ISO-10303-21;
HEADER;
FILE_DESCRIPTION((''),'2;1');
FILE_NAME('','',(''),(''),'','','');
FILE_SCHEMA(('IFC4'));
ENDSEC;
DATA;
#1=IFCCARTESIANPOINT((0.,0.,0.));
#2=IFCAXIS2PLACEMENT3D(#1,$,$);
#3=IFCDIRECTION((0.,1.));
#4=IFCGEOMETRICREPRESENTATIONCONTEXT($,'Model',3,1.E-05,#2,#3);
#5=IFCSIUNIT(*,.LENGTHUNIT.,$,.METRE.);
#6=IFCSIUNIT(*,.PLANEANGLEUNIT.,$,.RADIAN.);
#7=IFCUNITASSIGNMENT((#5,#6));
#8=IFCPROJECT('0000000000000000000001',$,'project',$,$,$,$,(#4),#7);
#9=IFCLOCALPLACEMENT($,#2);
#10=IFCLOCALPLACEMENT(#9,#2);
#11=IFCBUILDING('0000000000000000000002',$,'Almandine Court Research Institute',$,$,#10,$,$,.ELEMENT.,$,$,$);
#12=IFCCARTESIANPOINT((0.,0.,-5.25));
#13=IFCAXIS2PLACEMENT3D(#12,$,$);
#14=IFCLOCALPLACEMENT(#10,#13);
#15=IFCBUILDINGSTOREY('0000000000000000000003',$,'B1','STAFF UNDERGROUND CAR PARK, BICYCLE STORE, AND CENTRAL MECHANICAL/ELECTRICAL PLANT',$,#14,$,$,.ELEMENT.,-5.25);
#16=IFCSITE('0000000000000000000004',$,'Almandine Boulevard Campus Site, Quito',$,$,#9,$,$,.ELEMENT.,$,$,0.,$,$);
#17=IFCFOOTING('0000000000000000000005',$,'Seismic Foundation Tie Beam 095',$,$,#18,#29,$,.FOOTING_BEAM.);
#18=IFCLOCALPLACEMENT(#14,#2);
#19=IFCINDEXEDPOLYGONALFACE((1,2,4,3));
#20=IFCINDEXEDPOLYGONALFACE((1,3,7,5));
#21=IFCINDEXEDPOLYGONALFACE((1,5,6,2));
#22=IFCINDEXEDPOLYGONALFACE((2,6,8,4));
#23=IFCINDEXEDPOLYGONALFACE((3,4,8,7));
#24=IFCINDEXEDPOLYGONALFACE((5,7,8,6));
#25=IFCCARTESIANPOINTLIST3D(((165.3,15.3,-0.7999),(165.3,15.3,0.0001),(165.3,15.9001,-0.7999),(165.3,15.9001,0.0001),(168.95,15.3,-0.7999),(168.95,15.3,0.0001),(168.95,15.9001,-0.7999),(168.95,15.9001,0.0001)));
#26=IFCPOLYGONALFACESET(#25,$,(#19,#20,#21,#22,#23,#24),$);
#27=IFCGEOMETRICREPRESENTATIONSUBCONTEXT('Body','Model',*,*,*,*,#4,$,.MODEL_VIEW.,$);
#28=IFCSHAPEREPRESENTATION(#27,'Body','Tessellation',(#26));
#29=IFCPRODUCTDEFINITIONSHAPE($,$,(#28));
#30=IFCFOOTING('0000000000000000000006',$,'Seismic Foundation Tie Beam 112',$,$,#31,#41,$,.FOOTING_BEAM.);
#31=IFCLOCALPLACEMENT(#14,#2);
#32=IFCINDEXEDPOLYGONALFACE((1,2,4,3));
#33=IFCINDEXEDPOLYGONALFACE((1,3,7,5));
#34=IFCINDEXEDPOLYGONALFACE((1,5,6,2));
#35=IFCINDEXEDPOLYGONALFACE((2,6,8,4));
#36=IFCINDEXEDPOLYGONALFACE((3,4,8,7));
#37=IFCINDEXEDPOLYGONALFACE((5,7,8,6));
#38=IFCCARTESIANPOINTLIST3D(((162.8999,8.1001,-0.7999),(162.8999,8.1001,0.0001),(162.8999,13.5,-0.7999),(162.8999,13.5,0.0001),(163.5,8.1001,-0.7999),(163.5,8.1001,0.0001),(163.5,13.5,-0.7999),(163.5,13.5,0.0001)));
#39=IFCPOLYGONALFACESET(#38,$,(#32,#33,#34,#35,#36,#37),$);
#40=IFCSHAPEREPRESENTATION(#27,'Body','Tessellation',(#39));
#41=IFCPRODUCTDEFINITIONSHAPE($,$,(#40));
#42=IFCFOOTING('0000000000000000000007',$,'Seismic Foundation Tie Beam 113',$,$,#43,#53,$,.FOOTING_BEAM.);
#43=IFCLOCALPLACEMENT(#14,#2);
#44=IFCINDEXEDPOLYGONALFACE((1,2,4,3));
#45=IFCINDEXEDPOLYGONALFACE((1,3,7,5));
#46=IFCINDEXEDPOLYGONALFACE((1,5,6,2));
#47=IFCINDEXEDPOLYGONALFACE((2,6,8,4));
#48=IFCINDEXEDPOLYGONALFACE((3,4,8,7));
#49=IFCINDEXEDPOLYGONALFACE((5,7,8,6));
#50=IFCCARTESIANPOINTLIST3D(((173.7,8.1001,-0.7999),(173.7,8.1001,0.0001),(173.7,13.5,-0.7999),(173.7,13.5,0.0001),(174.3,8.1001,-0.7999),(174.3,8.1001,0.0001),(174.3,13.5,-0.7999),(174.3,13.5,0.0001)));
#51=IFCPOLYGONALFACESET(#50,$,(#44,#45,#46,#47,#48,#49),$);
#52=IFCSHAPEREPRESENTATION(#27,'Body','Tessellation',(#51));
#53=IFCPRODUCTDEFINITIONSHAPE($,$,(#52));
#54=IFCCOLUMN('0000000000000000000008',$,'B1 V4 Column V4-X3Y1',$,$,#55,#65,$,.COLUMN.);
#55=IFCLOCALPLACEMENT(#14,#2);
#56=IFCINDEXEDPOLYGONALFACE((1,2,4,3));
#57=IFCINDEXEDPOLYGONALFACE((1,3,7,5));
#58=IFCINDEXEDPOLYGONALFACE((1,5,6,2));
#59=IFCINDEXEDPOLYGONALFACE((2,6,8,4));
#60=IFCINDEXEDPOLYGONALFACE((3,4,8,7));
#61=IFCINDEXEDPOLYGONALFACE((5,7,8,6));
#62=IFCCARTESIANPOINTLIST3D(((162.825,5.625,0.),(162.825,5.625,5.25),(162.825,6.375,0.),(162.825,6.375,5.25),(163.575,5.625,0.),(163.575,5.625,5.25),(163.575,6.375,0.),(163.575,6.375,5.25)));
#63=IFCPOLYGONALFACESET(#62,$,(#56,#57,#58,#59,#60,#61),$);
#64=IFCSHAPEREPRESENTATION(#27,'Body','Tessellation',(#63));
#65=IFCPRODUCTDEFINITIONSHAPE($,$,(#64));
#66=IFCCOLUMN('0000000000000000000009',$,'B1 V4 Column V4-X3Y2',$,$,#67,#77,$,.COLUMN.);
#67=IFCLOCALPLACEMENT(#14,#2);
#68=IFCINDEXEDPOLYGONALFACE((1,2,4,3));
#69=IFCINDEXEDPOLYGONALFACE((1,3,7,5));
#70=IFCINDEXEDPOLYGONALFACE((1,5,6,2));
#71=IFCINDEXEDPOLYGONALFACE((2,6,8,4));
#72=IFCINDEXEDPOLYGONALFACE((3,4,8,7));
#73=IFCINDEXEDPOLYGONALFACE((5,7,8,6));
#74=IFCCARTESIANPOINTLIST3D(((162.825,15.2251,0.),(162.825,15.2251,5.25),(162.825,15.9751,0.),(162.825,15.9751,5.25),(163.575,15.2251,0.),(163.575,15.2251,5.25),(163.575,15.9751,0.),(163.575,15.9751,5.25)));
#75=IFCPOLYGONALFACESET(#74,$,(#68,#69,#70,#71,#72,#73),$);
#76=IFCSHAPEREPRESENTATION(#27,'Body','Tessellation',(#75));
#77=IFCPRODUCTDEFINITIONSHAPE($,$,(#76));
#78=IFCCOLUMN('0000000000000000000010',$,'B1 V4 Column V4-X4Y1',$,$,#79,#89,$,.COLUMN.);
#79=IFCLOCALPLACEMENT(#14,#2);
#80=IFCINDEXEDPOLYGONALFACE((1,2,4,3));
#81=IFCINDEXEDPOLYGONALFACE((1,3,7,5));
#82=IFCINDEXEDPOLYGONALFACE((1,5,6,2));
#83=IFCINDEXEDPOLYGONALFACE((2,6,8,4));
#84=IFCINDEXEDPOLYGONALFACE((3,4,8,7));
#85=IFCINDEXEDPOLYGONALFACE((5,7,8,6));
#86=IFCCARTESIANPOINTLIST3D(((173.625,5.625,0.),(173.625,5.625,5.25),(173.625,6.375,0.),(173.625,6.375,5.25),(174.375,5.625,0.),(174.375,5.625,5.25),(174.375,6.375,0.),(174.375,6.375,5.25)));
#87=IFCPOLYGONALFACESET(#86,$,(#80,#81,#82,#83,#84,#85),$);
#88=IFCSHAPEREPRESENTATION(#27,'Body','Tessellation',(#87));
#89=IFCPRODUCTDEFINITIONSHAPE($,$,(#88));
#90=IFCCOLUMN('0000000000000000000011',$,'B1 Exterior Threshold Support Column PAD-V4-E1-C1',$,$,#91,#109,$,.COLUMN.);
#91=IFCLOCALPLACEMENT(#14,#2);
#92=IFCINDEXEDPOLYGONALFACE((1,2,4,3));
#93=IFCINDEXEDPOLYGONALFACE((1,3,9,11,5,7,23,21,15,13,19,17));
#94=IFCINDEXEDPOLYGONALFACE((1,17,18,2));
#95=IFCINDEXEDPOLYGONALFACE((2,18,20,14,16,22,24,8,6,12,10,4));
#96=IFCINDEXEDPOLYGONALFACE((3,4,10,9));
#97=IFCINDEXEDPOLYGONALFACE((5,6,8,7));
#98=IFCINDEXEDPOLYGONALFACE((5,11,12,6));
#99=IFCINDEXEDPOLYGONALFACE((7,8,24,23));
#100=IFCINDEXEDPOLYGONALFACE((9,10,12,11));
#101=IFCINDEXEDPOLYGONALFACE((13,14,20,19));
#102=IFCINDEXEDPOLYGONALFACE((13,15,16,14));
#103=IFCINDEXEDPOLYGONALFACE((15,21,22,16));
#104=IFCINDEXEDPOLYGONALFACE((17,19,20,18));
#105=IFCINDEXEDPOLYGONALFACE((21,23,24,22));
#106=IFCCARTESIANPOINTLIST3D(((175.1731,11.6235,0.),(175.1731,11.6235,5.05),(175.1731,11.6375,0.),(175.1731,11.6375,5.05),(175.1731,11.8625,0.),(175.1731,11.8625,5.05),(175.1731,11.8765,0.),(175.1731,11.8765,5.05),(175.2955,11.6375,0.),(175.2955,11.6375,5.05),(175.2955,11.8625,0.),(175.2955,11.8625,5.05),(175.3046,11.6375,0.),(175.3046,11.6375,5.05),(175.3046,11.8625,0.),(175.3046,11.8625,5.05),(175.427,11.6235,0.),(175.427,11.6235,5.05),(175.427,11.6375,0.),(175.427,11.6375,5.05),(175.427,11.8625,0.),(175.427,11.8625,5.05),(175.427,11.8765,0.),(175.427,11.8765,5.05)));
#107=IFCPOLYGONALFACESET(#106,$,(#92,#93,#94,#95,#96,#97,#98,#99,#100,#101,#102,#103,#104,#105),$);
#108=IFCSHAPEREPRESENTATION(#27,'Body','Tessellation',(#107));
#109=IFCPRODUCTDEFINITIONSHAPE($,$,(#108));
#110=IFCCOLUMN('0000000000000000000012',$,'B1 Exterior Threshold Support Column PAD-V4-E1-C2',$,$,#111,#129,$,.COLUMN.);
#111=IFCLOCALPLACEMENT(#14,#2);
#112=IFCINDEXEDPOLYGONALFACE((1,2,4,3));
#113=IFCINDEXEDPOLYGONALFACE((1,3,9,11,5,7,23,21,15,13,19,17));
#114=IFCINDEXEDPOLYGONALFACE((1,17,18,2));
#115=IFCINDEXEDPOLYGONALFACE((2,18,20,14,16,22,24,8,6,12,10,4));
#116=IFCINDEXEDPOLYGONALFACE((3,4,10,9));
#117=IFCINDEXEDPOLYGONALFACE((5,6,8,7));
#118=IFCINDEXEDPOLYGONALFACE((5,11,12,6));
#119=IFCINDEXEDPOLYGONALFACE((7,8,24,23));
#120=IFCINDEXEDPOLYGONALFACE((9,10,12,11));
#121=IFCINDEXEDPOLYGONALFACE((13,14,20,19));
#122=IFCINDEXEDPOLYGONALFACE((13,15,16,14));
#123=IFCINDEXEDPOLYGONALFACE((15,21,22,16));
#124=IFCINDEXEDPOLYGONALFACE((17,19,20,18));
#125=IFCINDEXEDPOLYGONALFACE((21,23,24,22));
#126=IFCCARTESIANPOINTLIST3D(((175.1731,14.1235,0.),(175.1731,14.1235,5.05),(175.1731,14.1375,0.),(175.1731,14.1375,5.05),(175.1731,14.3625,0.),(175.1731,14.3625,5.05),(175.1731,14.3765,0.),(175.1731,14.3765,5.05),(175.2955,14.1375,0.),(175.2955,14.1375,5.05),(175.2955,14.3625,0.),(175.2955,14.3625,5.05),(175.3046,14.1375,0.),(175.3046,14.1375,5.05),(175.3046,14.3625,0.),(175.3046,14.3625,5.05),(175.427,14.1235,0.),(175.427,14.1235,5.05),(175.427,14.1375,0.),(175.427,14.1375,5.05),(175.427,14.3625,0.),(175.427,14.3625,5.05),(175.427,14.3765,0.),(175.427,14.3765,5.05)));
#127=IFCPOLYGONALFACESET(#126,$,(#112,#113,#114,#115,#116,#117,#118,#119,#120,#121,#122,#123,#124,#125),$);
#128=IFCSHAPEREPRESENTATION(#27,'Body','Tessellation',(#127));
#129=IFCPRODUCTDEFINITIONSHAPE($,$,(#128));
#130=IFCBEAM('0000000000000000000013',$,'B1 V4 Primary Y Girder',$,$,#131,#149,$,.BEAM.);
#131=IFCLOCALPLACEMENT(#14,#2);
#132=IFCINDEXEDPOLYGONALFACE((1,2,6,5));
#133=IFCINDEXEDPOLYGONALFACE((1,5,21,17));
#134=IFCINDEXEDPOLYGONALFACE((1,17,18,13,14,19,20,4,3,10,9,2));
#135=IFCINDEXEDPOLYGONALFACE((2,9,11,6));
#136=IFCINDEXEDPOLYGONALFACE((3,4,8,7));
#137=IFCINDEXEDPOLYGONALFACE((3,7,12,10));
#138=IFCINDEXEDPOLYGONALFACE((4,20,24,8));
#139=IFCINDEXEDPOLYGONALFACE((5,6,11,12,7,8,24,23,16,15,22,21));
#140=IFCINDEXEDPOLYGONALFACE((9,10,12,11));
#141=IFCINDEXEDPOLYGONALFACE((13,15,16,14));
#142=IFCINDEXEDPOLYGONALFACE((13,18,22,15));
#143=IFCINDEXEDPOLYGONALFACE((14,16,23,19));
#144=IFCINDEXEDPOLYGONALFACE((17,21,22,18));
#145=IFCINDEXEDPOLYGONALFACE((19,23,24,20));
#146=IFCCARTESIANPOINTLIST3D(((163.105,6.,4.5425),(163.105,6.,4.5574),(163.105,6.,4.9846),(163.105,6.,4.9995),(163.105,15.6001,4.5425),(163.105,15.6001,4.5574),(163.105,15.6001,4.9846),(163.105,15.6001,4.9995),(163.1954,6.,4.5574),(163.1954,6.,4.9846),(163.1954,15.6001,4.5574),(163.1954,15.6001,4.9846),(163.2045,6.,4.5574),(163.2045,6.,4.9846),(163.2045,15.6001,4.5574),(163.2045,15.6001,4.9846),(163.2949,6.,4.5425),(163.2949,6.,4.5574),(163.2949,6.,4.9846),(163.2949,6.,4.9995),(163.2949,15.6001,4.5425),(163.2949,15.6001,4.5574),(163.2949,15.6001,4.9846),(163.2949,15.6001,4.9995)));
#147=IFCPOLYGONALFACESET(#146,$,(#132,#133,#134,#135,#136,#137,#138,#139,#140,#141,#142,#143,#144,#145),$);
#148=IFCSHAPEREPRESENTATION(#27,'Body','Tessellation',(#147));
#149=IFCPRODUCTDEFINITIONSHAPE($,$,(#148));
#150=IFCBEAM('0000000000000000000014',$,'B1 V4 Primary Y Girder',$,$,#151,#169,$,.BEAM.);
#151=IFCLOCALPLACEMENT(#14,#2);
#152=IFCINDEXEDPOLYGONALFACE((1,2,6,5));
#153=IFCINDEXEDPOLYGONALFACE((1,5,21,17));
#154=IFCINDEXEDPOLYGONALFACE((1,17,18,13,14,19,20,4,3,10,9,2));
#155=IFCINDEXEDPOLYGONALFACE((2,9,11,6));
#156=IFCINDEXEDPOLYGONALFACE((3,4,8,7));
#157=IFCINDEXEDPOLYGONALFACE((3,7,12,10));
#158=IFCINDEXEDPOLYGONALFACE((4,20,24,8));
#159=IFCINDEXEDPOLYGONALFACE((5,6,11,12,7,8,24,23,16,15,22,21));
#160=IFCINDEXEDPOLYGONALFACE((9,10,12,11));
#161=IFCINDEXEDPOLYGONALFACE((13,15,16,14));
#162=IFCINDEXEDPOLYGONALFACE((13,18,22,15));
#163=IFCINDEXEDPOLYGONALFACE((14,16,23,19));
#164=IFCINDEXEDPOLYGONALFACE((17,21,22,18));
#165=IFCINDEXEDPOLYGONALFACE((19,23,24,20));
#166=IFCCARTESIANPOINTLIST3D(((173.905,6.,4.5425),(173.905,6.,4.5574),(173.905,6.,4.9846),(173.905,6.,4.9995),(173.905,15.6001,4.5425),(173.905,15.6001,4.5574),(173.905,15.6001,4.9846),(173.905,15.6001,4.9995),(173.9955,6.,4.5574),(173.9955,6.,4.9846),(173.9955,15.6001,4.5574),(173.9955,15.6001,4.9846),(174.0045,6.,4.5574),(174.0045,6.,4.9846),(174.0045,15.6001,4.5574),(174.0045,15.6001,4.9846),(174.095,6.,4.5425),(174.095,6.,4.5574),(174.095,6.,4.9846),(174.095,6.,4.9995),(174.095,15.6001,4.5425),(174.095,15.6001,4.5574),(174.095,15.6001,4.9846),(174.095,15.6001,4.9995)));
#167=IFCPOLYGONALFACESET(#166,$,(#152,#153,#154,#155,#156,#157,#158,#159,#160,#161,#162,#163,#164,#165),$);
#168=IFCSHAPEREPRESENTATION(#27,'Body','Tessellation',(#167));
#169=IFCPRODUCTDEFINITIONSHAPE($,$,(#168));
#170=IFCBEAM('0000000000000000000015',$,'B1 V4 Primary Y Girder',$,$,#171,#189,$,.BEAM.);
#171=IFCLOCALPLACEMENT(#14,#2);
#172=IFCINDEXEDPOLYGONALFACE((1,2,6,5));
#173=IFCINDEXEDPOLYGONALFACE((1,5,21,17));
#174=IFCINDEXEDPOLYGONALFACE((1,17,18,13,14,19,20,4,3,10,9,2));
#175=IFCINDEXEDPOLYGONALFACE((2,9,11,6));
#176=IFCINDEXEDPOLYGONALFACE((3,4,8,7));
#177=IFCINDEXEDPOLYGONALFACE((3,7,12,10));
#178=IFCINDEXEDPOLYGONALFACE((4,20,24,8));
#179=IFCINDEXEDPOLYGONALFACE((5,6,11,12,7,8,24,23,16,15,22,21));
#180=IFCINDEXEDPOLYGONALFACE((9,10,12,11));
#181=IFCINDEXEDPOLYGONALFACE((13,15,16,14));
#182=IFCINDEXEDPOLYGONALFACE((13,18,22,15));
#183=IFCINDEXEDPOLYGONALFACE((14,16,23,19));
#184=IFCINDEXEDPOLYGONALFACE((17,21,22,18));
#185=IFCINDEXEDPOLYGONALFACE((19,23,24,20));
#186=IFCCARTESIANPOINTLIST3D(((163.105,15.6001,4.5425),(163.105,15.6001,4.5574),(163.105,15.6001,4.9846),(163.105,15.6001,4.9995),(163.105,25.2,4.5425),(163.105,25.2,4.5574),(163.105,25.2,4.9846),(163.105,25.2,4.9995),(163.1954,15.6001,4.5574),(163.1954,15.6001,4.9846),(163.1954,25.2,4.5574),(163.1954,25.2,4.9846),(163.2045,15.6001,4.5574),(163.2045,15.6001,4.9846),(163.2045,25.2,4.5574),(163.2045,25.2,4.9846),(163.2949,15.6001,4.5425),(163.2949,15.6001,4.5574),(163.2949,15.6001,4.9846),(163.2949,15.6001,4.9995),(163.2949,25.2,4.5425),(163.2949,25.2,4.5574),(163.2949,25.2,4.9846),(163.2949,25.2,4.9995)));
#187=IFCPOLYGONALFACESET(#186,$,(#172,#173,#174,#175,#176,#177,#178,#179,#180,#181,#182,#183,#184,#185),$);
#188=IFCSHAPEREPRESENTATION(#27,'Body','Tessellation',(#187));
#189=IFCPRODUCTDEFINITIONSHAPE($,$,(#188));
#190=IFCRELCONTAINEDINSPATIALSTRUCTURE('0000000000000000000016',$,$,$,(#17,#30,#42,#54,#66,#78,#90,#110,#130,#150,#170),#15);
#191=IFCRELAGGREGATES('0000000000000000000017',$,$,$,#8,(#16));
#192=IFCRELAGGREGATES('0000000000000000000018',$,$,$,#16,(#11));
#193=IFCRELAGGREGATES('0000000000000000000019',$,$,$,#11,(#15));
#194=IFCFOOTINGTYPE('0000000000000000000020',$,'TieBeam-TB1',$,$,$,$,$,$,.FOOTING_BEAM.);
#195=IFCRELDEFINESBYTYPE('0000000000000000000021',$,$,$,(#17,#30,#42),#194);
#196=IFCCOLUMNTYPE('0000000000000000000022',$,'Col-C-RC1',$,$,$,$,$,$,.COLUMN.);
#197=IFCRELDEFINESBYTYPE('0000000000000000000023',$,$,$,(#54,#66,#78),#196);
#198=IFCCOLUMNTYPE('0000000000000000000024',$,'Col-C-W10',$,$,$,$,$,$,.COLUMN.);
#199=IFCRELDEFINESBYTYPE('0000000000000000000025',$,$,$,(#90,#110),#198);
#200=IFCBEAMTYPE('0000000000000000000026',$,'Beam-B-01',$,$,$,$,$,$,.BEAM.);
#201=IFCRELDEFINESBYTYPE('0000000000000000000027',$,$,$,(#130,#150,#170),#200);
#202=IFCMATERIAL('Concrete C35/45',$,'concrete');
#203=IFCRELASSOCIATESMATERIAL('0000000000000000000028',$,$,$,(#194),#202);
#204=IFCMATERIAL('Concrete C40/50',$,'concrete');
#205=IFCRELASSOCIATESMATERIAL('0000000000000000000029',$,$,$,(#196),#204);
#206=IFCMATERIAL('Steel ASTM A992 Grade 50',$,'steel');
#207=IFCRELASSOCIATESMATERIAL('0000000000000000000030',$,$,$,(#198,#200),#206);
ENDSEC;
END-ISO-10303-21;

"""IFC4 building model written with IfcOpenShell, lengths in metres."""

from ifc_helpers import new_model, si_unit, direction, frame, origin, origin_2d, place, context, subcontext, project, spatial, rectangle, i_section, extrude, material, material_profile, profile_set, type_object, element, save


model = new_model("IFC4")

# Units and contexts
model_context = context("Model", 3, precision=1e-05, world=origin(), true_north=direction((0.0, 1.0)))
body_context = subcontext(model_context, "Body", "Model", "MODEL_VIEW")
ifc_project = project(units=[si_unit("LENGTHUNIT", "METRE"), si_unit("PLANEANGLEUNIT", "RADIAN")], contexts=[model_context])

# Site, building, storey
site_placement = place(None, origin())
site = spatial("IfcSite", under=ifc_project, at=site_placement, Name="Almandine Boulevard Campus Site, Quito", CompositionType="ELEMENT", RefElevation=0.0)
building_placement = place(site_placement, origin())
building = spatial("IfcBuilding", under=site, at=building_placement, Name="Almandine Court Research Institute", CompositionType="ELEMENT")
storey_placement = place(building_placement, frame((0.0, 0.0, -5.25)))
storey = spatial("IfcBuildingStorey", under=building, at=storey_placement, Name="B1", Description="STAFF UNDERGROUND CAR PARK, BICYCLE STORE, AND CENTRAL MECHANICAL/ELECTRICAL PLANT", CompositionType="ELEMENT", Elevation=-5.25)

# Shared definitions
ifc_material_1 = material(Name="Concrete C35/45", Category="concrete")

# Footings
ifc_material_profile_1 = material_profile(ifc_material_1, rectangle(XDim=0.6001, YDim=0.8, at=origin_2d()), Name="RC TIE 600x800")
ifc_profile_set_1 = profile_set([ifc_material_profile_1], Name="Concrete C35/45")
footing_type_1 = type_object("IfcFootingType", Name="TieBeam-TB1", PredefinedType="FOOTING_BEAM", material=ifc_profile_set_1)
footing_1_placement = place(storey_placement, frame((165.3, 15.6001, -0.3999), z_axis=(1.0, 0.0, 0.0), x_axis=(0.0, 1.0, 0.0)))
element("IfcFooting", 1, at=footing_1_placement, inside=storey, type_object=footing_type_1, Name="Seismic Foundation Tie Beam 095", PredefinedType="FOOTING_BEAM", context=body_context, shape_type="SweptSolid", body=[
    extrude(rectangle(XDim=0.6001, YDim=0.8, at=origin_2d()), origin(), (0.0, 0.0, 1.0), 3.6499),
])
for number, where, z_axis, x_axis, name in (
    (2, (163.2, 8.1001, -0.3999), (0.0, 1.0, 0.0), (-1.0, 0.0, 0.0), "Seismic Foundation Tie Beam 112"),
    (3, (174.0, 8.1001, -0.3999), (0.0, 1.0, 0.0), (-1.0, 0.0, 0.0), "Seismic Foundation Tie Beam 113"),
):
    element("IfcFooting", number, at=place(storey_placement, frame(where, z_axis=z_axis, x_axis=x_axis)), inside=storey, type_object=footing_type_1, Name=name, PredefinedType="FOOTING_BEAM", context=body_context, shape_type="SweptSolid", body=[
        extrude(rectangle(XDim=0.6001, YDim=0.8, at=origin_2d()), origin(), (0.0, 0.0, 1.0), 5.3999),
    ])

# Columns
ifc_material_2 = material(Name="Concrete C40/50", Category="concrete")
ifc_material_profile_2 = material_profile(ifc_material_2, rectangle(XDim=0.75, YDim=0.75, at=origin_2d()), Name="RC 750x750")
ifc_profile_set_2 = profile_set([ifc_material_profile_2], Name="Concrete C40/50")
column_type_1 = type_object("IfcColumnType", Name="Col-C-RC1", PredefinedType="COLUMN", material=ifc_profile_set_2)
for number, where, z_axis, x_axis, name in (
    (4, (163.2, 6.0, 0.0), (0.0, 0.0, 1.0), (1.0, 0.0, 0.0), "B1 V4 Column V4-X3Y1"),
    (5, (163.2, 15.6001, 0.0), (0.0, 0.0, 1.0), (1.0, 0.0, 0.0), "B1 V4 Column V4-X3Y2"),
    (6, (174.0, 6.0, 0.0), (0.0, 0.0, 1.0), (1.0, 0.0, 0.0), "B1 V4 Column V4-X4Y1"),
):
    element("IfcColumn", number, at=place(storey_placement, frame(where, z_axis=z_axis, x_axis=x_axis)), inside=storey, type_object=column_type_1, Name=name, PredefinedType="COLUMN", context=body_context, shape_type="SweptSolid", body=[
        extrude(rectangle(XDim=0.75, YDim=0.75, at=origin_2d()), origin(), (0.0, 0.0, 1.0), 5.25),
    ])
ifc_material_3 = material(Name="Steel ASTM A992 Grade 50", Category="steel")
ifc_material_profile_3 = material_profile(ifc_material_3, i_section(OverallWidth=0.2539, OverallDepth=0.2529, WebThickness=0.009, FlangeThickness=0.0139, at=origin_2d()), Name="W250x73")
ifc_profile_set_3 = profile_set([ifc_material_profile_3], Name="Steel ASTM A992 Grade 50")
column_type_2 = type_object("IfcColumnType", Name="Col-C-W10", PredefinedType="COLUMN", material=ifc_profile_set_3)
for number, where, z_axis, x_axis, name in (
    (7, (175.3, 11.75, 0.0), (0.0, 0.0, 1.0), (1.0, 0.0, 0.0), "B1 Exterior Threshold Support Column PAD-V4-E1-C1"),
    (8, (175.3, 14.25, 0.0), (0.0, 0.0, 1.0), (1.0, 0.0, 0.0), "B1 Exterior Threshold Support Column PAD-V4-E1-C2"),
):
    element("IfcColumn", number, at=place(storey_placement, frame(where, z_axis=z_axis, x_axis=x_axis)), inside=storey, type_object=column_type_2, Name=name, PredefinedType="COLUMN", context=body_context, shape_type="SweptSolid", body=[
        extrude(i_section(OverallWidth=0.2539, OverallDepth=0.2529, WebThickness=0.009, FlangeThickness=0.0139, at=origin_2d()), origin(), (0.0, 0.0, 1.0), 5.05),
    ])

# Beams
ifc_material_profile_4 = material_profile(ifc_material_3, i_section(OverallWidth=0.1899, OverallDepth=0.457, WebThickness=0.009, FlangeThickness=0.0149, at=origin_2d()), Name="W460x74")
ifc_profile_set_4 = profile_set([ifc_material_profile_4], Name="Steel ASTM A992 Grade 50")
beam_type_1 = type_object("IfcBeamType", Name="Beam-B-01", PredefinedType="BEAM", material=ifc_profile_set_4)
for number, where, z_axis, x_axis, name in (
    (9, (163.2, 6.0, 4.771), (0.0, 1.0, 0.0), (-1.0, 0.0, 0.0), "B1 V4 Primary Y Girder"),
    (10, (174.0, 6.0, 4.771), (0.0, 1.0, 0.0), (-1.0, 0.0, 0.0), "B1 V4 Primary Y Girder"),
):
    element("IfcBeam", number, at=place(storey_placement, frame(where, z_axis=z_axis, x_axis=x_axis)), inside=storey, type_object=beam_type_1, Name=name, PredefinedType="BEAM", context=body_context, shape_type="SweptSolid", body=[
        extrude(i_section(OverallWidth=0.1899, OverallDepth=0.457, WebThickness=0.009, FlangeThickness=0.0149, at=origin_2d()), origin(), (0.0, 0.0, 1.0), 9.6001),
    ])
beam_1_placement = place(storey_placement, frame((163.2, 15.6001, 4.771), z_axis=(0.0, 1.0, 0.0), x_axis=(-1.0, 0.0, 0.0)))
element("IfcBeam", 11, at=beam_1_placement, inside=storey, type_object=beam_type_1, Name="B1 V4 Primary Y Girder", PredefinedType="BEAM", context=body_context, shape_type="SweptSolid", body=[
    extrude(i_section(OverallWidth=0.1899, OverallDepth=0.457, WebThickness=0.009, FlangeThickness=0.0149, at=origin_2d()), origin(), (0.0, 0.0, 1.0), 9.5999),
])

save(model, "model.ifc")
